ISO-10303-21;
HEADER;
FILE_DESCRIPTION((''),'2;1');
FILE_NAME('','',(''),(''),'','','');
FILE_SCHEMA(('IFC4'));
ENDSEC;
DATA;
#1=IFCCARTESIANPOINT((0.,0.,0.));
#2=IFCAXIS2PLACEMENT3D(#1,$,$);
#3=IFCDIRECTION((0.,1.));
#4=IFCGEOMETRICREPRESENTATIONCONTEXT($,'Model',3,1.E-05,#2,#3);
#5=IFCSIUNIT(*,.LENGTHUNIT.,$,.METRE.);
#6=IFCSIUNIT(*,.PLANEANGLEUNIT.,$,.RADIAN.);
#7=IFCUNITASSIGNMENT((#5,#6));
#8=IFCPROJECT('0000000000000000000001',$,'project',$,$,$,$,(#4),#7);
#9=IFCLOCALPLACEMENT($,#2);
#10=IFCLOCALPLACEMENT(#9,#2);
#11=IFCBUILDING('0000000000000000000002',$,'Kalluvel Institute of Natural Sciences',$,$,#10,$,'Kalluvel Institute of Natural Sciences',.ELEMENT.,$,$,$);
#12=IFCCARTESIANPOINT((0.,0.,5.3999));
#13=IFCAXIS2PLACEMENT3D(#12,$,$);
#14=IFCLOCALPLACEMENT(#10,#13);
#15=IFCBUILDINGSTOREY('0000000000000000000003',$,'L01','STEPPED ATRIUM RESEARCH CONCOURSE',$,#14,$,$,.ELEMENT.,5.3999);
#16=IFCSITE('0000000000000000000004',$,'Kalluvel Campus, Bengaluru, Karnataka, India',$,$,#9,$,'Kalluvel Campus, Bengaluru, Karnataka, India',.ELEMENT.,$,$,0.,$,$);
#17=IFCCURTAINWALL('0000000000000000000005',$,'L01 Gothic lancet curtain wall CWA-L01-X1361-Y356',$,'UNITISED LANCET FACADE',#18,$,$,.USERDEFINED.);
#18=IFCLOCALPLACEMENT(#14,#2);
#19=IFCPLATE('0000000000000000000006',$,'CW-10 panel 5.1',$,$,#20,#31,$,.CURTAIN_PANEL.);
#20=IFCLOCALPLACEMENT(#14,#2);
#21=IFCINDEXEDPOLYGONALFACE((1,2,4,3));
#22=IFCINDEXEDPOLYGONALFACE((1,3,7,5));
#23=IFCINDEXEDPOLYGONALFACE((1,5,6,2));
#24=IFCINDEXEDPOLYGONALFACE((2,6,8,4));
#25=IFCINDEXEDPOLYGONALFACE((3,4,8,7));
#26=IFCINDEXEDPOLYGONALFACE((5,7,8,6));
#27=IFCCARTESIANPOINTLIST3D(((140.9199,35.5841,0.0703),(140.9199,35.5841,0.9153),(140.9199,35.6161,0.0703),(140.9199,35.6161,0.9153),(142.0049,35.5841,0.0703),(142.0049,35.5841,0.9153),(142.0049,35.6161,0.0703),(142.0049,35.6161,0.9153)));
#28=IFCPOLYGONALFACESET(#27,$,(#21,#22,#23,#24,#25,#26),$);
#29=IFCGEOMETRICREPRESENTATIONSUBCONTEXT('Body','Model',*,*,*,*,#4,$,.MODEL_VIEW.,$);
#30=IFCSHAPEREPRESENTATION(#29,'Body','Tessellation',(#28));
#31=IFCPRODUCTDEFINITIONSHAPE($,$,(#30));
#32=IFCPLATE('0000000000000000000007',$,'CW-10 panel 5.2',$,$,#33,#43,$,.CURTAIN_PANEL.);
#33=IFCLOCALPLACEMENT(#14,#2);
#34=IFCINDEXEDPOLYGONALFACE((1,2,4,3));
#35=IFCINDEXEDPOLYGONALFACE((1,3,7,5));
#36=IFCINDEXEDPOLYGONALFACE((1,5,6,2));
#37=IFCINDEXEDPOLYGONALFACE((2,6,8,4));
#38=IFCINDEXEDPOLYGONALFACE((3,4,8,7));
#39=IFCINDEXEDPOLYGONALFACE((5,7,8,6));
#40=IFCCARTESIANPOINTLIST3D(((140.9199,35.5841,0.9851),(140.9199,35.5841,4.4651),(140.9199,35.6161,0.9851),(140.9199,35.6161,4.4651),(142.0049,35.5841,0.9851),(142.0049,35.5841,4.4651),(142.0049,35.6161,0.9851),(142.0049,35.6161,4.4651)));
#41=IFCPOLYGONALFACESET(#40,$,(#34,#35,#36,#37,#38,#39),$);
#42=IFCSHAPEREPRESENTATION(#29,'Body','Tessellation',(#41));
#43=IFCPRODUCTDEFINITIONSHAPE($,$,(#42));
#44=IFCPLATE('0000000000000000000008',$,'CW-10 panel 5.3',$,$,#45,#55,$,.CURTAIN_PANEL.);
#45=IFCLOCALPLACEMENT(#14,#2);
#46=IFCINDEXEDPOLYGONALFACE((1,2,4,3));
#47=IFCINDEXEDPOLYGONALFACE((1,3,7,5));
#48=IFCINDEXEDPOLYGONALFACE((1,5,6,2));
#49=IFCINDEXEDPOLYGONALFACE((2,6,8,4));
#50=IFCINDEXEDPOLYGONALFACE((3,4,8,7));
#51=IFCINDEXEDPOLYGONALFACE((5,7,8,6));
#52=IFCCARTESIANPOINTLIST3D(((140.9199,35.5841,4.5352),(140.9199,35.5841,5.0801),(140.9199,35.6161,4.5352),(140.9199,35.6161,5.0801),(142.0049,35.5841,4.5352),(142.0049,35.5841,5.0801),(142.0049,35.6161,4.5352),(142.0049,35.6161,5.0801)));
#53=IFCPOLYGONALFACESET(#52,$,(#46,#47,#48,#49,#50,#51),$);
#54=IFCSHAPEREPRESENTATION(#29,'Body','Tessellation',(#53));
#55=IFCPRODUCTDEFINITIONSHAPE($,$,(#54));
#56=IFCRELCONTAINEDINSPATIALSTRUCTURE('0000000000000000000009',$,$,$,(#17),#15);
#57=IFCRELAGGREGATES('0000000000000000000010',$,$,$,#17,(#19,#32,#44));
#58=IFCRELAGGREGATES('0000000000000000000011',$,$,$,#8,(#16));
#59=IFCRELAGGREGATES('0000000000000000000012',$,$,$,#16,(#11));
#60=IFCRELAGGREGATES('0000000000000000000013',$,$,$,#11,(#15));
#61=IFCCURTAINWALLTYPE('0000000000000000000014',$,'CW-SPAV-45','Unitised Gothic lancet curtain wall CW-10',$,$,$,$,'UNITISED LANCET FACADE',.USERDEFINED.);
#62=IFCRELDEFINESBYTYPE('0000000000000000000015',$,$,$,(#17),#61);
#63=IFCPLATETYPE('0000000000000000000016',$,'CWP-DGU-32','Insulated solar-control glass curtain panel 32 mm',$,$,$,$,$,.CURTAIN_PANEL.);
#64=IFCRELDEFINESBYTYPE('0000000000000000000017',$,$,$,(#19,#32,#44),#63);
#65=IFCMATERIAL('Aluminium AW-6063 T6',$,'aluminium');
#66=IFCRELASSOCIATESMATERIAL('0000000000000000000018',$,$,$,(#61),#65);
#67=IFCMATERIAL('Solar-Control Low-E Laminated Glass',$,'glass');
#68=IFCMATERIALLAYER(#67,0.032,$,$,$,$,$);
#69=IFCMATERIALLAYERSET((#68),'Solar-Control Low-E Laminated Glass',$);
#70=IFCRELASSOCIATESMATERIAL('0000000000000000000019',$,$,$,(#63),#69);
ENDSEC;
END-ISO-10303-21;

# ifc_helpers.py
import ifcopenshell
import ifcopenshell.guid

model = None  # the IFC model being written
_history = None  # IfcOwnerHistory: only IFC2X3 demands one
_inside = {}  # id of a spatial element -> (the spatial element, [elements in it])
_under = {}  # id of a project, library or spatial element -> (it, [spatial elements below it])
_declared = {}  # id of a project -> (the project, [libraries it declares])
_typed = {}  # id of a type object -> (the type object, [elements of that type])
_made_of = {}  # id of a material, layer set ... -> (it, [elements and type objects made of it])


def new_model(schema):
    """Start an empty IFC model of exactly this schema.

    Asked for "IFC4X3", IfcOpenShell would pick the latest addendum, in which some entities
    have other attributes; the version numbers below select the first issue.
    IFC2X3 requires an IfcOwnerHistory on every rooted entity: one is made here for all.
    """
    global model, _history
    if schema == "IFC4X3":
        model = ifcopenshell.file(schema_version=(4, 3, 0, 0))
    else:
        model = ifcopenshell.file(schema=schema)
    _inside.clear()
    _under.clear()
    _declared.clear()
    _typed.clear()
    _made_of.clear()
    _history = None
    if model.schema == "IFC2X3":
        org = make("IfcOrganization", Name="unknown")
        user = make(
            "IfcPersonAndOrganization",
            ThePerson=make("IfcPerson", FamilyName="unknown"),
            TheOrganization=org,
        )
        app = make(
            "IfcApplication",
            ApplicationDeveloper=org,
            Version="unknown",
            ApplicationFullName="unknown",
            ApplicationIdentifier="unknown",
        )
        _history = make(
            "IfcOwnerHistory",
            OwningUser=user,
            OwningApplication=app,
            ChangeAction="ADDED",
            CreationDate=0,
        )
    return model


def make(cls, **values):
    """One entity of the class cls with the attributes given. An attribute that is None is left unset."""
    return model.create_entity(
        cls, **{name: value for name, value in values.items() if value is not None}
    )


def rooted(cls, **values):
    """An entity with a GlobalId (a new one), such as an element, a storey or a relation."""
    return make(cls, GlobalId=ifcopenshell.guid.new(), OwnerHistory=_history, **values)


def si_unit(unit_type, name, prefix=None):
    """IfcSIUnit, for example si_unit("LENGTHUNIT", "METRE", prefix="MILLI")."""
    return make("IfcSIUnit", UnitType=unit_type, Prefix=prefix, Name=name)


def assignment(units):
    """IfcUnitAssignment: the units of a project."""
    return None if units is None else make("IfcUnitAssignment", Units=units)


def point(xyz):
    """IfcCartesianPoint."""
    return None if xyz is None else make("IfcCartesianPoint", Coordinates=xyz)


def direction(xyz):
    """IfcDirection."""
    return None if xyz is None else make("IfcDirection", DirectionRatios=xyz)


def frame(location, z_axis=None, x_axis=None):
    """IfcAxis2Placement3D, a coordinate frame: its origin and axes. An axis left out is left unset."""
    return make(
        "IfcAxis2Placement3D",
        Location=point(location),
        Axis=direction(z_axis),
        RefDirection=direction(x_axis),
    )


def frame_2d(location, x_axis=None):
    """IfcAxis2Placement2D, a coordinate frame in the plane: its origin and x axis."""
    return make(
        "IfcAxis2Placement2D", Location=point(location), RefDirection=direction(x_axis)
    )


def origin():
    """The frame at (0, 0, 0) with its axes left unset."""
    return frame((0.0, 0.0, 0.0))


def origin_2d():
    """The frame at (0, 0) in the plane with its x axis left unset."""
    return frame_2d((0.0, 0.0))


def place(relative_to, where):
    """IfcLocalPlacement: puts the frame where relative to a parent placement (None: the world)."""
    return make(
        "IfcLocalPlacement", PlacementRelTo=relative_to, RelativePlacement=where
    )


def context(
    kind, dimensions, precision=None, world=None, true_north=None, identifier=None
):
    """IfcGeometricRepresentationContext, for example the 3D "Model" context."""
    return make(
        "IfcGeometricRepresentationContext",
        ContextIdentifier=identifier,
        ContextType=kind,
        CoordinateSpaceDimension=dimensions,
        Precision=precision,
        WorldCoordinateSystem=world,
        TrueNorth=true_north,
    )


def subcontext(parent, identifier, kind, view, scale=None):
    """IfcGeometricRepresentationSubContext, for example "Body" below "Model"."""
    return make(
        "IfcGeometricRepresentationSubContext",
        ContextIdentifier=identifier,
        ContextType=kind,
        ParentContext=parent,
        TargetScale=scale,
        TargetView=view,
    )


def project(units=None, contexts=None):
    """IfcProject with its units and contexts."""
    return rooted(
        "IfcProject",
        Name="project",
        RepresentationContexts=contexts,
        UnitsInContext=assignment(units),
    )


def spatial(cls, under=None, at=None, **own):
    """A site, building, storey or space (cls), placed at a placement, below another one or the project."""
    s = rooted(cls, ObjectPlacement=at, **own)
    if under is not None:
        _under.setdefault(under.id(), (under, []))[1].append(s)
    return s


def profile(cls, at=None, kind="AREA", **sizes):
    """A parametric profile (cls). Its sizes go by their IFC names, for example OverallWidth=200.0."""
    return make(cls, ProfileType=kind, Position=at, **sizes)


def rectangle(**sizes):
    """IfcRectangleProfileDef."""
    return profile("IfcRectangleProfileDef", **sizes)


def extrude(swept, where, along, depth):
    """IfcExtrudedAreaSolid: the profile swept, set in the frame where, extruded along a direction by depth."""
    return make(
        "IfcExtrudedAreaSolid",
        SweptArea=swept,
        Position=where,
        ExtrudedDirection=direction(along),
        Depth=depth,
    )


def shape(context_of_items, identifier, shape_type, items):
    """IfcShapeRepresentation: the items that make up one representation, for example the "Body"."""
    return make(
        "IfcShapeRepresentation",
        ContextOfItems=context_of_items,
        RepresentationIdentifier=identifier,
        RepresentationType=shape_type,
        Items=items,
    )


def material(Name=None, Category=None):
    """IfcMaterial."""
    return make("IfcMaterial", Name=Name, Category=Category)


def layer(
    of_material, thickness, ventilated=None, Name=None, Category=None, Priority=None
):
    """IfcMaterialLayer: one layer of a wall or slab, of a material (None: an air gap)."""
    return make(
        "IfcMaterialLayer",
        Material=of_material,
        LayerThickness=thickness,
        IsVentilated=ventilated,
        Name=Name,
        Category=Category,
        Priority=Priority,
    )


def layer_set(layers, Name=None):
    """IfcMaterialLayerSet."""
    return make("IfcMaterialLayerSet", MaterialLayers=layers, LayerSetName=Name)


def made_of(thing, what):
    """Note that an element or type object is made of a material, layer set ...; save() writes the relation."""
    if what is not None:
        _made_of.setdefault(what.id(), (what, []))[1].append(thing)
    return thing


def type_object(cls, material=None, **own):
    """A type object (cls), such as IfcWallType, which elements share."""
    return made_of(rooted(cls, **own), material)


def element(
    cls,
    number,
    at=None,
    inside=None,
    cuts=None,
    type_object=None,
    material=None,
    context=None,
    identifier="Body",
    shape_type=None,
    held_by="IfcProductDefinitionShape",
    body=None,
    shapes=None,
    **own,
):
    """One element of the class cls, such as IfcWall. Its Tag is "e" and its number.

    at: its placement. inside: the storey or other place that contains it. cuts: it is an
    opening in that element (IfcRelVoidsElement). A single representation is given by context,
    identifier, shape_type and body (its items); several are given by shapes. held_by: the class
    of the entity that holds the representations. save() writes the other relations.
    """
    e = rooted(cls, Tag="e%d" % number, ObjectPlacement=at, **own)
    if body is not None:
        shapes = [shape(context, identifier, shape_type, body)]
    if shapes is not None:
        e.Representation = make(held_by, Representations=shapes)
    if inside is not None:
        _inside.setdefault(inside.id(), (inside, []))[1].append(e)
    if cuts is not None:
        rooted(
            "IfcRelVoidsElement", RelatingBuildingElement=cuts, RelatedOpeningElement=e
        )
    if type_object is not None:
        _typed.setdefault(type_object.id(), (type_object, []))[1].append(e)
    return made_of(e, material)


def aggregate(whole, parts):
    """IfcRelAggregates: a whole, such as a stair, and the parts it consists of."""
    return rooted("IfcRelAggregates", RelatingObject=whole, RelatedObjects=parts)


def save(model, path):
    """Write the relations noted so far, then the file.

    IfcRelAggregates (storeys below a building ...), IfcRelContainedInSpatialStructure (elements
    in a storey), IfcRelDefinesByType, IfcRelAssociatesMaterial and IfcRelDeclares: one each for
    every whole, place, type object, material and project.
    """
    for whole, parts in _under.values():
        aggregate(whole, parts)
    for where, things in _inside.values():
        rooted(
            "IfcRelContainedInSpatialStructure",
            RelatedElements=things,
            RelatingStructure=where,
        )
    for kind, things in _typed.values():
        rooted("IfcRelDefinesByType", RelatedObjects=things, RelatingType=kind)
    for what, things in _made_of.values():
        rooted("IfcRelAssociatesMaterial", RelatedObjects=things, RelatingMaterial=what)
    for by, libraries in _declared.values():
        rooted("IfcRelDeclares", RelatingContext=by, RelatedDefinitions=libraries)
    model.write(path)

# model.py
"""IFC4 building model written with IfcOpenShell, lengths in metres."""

from ifc_helpers import new_model, si_unit, direction, frame, origin, origin_2d, place, context, subcontext, project, spatial, rectangle, extrude, material, layer, layer_set, type_object, element, aggregate, save


model = new_model("IFC4")

# Units and contexts
model_context = context("Model", 3, precision=1e-05, world=origin(), true_north=direction((0.0, 1.0)))
body_context = subcontext(model_context, "Body", "Model", "MODEL_VIEW")
ifc_project = project(units=[si_unit("LENGTHUNIT", "METRE"), si_unit("PLANEANGLEUNIT", "RADIAN")], contexts=[model_context])

# Site, building, storey
site_placement = place(None, origin())
site = spatial("IfcSite", under=ifc_project, at=site_placement, Name="Kalluvel Campus, Bengaluru, Karnataka, India", LongName="Kalluvel Campus, Bengaluru, Karnataka, India", CompositionType="ELEMENT", RefElevation=0.0)
building_placement = place(site_placement, origin())
building = spatial("IfcBuilding", under=site, at=building_placement, Name="Kalluvel Institute of Natural Sciences", LongName="Kalluvel Institute of Natural Sciences", CompositionType="ELEMENT")
storey_placement = place(building_placement, frame((0.0, 0.0, 5.3999)))
storey = spatial("IfcBuildingStorey", under=building, at=storey_placement, Name="L01", Description="STEPPED ATRIUM RESEARCH CONCOURSE", CompositionType="ELEMENT", Elevation=5.3999)

# Curtain wall, plates
ifc_material_1 = material(Name="Aluminium AW-6063 T6", Category="aluminium")
curtain_wall_type = type_object("IfcCurtainWallType", Name="CW-SPAV-45", Description="Unitised Gothic lancet curtain wall CW-10", ElementType="UNITISED LANCET FACADE", PredefinedType="USERDEFINED", material=ifc_material_1)
curtain_wall_placement = place(storey_placement, origin())
curtain_wall = element("IfcCurtainWall", 1, at=curtain_wall_placement, inside=storey, type_object=curtain_wall_type, Name="L01 Gothic lancet curtain wall CWA-L01-X1361-Y356", ObjectType="UNITISED LANCET FACADE", PredefinedType="USERDEFINED")
ifc_material_2 = material(Name="Solar-Control Low-E Laminated Glass", Category="glass")
ifc_layer = layer(ifc_material_2, 0.032)
ifc_layer_set = layer_set([ifc_layer], Name="Solar-Control Low-E Laminated Glass")
plate_type = type_object("IfcPlateType", Name="CWP-DGU-32", Description="Insulated solar-control glass curtain panel 32 mm", PredefinedType="CURTAIN_PANEL", material=ifc_layer_set)
plate_1_placement = place(storey_placement, frame((141.4624, 35.6001, 0.0703), z_axis=(0.0, 0.0, 1.0), x_axis=(1.0, 0.0, 0.0)))
plate_1 = element("IfcPlate", 2, at=plate_1_placement, type_object=plate_type, Name="CW-10 panel 5.1", PredefinedType="CURTAIN_PANEL", context=body_context, shape_type="SweptSolid", body=[
    extrude(rectangle(XDim=1.085, YDim=0.032, at=origin_2d()), origin(), (0.0, 0.0, 1.0), 0.845),
])
plate_2_placement = place(storey_placement, frame((141.4624, 35.6001, 0.9851), z_axis=(0.0, 0.0, 1.0), x_axis=(1.0, 0.0, 0.0)))
plate_2 = element("IfcPlate", 3, at=plate_2_placement, type_object=plate_type, Name="CW-10 panel 5.2", PredefinedType="CURTAIN_PANEL", context=body_context, shape_type="SweptSolid", body=[
    extrude(rectangle(XDim=1.085, YDim=0.032, at=origin_2d()), origin(), (0.0, 0.0, 1.0), 3.48),
])
plate_3_placement = place(storey_placement, frame((141.4624, 35.6001, 4.5352), z_axis=(0.0, 0.0, 1.0), x_axis=(1.0, 0.0, 0.0)))
plate_3 = element("IfcPlate", 4, at=plate_3_placement, type_object=plate_type, Name="CW-10 panel 5.3", PredefinedType="CURTAIN_PANEL", context=body_context, shape_type="SweptSolid", body=[
    extrude(rectangle(XDim=1.085, YDim=0.032, at=origin_2d()), origin(), (0.0, 0.0, 1.0), 0.5449),
])
aggregate(curtain_wall, [plate_1, plate_2, plate_3])

save(model, "model.ifc")
